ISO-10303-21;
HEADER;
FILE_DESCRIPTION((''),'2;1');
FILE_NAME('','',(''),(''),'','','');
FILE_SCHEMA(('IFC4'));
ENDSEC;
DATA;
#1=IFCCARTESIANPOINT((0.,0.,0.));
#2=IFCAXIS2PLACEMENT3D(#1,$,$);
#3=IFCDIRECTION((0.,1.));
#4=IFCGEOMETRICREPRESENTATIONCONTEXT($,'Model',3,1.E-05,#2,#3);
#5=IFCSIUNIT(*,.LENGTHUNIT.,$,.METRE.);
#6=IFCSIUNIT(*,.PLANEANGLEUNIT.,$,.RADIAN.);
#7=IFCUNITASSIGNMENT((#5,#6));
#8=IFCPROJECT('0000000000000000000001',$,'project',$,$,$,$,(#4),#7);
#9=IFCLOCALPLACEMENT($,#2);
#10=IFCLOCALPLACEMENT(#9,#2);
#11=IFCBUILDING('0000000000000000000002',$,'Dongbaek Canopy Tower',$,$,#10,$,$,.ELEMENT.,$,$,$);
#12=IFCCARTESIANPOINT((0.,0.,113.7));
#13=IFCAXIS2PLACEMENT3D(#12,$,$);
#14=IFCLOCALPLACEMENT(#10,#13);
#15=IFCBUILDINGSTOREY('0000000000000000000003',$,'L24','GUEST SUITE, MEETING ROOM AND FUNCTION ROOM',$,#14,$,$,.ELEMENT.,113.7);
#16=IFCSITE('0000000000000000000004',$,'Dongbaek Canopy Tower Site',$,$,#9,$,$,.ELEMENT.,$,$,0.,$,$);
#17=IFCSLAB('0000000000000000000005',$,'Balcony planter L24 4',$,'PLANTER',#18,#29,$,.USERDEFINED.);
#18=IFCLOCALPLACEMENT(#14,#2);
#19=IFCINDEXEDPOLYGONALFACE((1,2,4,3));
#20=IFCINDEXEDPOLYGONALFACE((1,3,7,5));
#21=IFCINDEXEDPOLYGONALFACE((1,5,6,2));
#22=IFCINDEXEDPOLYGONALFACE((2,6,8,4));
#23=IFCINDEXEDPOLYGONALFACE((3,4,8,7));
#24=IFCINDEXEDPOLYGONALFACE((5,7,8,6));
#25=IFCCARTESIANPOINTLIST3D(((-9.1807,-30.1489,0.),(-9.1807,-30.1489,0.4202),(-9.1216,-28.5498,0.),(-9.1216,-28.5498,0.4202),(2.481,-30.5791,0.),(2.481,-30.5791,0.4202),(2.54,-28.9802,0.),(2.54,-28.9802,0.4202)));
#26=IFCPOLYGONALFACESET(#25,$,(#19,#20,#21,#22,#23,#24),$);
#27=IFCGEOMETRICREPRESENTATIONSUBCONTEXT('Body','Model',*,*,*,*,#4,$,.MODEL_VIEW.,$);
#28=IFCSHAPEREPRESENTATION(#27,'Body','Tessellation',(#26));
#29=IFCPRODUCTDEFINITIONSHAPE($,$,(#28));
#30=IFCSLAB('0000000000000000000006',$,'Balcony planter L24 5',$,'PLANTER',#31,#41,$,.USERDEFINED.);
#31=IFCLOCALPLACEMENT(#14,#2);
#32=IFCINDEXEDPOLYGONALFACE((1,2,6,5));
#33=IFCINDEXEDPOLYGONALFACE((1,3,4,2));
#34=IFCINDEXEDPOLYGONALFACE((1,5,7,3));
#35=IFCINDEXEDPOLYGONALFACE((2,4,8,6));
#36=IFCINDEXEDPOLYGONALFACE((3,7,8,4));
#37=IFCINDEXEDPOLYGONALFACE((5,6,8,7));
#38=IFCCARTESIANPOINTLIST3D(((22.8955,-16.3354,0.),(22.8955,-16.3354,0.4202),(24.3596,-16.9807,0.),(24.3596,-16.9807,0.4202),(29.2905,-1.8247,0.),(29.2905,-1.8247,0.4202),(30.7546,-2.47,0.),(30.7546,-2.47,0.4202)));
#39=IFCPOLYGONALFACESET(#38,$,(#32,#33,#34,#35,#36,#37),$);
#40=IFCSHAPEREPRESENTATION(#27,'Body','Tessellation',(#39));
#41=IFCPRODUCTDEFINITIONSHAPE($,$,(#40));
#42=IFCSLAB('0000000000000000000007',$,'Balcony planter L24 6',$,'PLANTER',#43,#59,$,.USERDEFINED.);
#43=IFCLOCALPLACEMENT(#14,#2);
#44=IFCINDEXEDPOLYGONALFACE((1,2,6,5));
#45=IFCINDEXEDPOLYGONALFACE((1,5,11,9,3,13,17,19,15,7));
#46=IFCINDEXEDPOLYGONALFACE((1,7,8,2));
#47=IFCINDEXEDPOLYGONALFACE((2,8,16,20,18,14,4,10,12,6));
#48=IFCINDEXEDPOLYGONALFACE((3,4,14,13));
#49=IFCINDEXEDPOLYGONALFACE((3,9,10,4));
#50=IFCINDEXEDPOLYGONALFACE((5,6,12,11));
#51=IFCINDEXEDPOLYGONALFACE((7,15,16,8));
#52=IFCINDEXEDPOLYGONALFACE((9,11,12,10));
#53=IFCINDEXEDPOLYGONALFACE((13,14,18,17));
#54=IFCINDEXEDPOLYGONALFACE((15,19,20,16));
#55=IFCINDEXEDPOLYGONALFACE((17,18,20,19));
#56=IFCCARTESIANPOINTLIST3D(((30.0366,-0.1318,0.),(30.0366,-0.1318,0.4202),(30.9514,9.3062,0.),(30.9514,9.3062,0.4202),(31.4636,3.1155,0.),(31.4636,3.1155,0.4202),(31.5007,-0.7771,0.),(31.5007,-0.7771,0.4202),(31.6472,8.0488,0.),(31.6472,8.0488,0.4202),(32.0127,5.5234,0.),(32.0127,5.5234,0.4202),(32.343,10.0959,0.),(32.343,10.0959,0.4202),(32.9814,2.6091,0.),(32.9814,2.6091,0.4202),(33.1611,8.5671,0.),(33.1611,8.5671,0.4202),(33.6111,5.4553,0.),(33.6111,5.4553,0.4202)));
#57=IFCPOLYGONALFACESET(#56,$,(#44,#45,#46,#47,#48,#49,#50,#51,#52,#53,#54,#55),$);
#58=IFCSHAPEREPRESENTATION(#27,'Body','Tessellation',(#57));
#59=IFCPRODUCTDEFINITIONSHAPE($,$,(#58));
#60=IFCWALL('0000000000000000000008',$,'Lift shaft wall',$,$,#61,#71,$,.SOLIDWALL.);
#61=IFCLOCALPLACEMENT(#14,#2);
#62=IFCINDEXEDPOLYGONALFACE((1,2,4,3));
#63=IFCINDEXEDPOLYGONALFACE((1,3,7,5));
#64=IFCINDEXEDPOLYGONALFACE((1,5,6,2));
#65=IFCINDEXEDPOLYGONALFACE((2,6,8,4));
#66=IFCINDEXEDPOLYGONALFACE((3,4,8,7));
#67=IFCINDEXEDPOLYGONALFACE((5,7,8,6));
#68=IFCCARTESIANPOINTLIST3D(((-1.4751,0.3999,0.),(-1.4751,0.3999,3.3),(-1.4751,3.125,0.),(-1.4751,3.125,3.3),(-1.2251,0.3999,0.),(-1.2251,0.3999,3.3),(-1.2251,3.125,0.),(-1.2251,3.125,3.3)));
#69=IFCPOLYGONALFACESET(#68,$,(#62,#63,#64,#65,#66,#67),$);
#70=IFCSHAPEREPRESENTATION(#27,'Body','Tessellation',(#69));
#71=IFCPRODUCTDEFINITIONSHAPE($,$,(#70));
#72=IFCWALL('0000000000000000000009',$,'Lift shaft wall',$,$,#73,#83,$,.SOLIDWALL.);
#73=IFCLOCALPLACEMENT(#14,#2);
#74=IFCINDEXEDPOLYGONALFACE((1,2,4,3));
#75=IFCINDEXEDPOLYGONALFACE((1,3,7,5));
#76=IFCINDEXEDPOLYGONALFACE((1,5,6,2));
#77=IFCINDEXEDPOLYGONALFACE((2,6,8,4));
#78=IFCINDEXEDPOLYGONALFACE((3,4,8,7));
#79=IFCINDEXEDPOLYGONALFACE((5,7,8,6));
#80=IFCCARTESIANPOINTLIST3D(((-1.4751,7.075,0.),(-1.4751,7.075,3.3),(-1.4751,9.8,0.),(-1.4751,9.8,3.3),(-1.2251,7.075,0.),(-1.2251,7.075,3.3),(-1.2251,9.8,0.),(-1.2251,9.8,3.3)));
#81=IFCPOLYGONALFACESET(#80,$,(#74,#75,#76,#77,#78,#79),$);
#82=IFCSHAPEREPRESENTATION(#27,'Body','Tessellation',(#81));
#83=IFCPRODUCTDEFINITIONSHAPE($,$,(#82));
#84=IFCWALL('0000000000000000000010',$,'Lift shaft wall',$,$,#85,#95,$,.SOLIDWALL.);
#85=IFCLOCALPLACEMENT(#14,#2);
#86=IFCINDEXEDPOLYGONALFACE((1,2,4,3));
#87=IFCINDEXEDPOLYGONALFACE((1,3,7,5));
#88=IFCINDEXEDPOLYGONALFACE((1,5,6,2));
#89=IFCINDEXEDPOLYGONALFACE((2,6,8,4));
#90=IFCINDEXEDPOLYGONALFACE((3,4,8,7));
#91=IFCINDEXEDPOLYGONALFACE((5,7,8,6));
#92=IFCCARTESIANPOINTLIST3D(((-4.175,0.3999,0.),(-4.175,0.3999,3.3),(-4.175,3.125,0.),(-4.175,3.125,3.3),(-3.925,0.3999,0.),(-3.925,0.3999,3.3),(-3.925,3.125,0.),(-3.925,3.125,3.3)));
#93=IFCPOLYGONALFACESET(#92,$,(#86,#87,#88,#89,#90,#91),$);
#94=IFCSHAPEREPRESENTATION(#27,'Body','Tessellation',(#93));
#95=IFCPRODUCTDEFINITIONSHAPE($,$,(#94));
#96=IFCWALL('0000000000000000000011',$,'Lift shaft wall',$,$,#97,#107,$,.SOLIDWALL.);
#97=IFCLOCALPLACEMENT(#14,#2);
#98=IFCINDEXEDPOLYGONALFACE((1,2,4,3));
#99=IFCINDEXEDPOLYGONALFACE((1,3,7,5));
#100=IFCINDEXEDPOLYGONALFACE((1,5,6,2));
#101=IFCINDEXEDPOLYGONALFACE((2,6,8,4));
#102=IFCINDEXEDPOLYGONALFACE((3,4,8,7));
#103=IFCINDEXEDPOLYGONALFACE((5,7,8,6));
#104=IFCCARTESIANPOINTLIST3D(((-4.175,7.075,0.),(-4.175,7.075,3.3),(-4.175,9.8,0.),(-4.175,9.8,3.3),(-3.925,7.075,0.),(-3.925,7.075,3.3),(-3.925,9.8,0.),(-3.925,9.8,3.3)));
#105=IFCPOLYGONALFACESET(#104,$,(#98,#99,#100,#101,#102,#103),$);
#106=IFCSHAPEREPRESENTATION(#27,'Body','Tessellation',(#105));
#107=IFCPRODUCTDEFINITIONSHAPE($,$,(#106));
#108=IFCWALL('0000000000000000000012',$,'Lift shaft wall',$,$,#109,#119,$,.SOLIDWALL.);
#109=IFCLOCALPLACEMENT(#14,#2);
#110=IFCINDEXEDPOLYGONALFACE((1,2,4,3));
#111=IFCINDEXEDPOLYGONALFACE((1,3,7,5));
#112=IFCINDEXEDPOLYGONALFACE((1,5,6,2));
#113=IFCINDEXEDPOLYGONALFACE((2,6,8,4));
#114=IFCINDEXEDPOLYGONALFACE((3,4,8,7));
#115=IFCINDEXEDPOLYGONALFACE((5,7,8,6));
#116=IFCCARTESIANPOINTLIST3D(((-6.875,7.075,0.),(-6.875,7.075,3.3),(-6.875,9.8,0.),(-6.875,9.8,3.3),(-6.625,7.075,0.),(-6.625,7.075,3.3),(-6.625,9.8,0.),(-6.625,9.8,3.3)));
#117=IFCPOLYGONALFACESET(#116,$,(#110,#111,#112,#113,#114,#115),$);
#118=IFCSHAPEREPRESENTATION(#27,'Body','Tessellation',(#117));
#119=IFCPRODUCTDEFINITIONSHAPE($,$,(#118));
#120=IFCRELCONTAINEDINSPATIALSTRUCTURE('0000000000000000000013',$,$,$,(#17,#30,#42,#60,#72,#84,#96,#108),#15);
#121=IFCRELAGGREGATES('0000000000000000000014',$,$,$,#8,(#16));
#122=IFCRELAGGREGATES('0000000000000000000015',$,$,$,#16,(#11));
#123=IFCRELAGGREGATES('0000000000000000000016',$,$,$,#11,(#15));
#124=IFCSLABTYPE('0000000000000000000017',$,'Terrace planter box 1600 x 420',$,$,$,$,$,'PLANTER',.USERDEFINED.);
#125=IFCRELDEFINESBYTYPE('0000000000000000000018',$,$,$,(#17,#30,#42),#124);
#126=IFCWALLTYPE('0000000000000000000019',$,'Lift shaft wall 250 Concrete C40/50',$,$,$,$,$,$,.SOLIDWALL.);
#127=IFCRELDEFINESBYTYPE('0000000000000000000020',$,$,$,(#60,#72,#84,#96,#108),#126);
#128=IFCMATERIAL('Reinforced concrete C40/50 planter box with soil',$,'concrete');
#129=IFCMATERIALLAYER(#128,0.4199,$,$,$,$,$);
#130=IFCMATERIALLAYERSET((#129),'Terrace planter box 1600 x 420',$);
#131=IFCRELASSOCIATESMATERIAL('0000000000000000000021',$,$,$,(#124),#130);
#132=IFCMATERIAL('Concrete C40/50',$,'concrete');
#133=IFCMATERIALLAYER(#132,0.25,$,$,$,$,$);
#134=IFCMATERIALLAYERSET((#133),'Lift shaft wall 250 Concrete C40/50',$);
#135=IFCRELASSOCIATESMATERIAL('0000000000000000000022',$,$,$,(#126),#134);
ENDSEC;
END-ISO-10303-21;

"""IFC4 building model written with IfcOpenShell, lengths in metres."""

from ifc_helpers import new_model, si_unit, direction, frame, frame_2d, origin, place, context, subcontext, project, spatial, polyline, rectangle, outline, extrude, material, layer, layer_set, type_object, element, save


model = new_model("IFC4")

# Units and contexts
model_context = context("Model", 3, precision=1e-05, world=origin(), true_north=direction((0.0, 1.0)))
body_context = subcontext(model_context, "Body", "Model", "MODEL_VIEW")
ifc_project = project(units=[si_unit("LENGTHUNIT", "METRE"), si_unit("PLANEANGLEUNIT", "RADIAN")], contexts=[model_context])

# Site, building, storey
site_placement = place(None, origin())
site = spatial("IfcSite", under=ifc_project, at=site_placement, Name="Dongbaek Canopy Tower Site", CompositionType="ELEMENT", RefElevation=0.0)
building_placement = place(site_placement, origin())
building = spatial("IfcBuilding", under=site, at=building_placement, Name="Dongbaek Canopy Tower", CompositionType="ELEMENT")
storey_placement = place(building_placement, frame((0.0, 0.0, 113.7)))
storey = spatial("IfcBuildingStorey", under=building, at=storey_placement, Name="L24", Description="GUEST SUITE, MEETING ROOM AND FUNCTION ROOM", CompositionType="ELEMENT", Elevation=113.7)

# Slabs
ifc_material_1 = material(Name="Reinforced concrete C40/50 planter box with soil", Category="concrete")
ifc_layer_1 = layer(ifc_material_1, 0.4199)
ifc_layer_set_1 = layer_set([ifc_layer_1], Name="Terrace planter box 1600 x 420")
slab_type_1 = type_object("IfcSlabType", Name="Terrace planter box 1600 x 420", ElementType="PLANTER", PredefinedType="USERDEFINED", material=ifc_layer_set_1)
slab_1_placement = place(storey_placement, origin())
element("IfcSlab", 1, at=slab_1_placement, inside=storey, type_object=slab_type_1, Name="Balcony planter L24 4", ObjectType="PLANTER", PredefinedType="USERDEFINED", context=body_context, shape_type="SweptSolid", body=[
    extrude(outline(polyline([(-9.1216, -28.5498), (2.54, -28.9802), (2.481, -30.5791), (-9.1807, -30.1489), (-9.1216, -28.5498)])), origin(), (0.0, 0.0, 1.0), 0.4202),
])
slab_2_placement = place(storey_placement, origin())
element("IfcSlab", 2, at=slab_2_placement, inside=storey, type_object=slab_type_1, Name="Balcony planter L24 5", ObjectType="PLANTER", PredefinedType="USERDEFINED", context=body_context, shape_type="SweptSolid", body=[
    extrude(outline(polyline([(22.8955, -16.3354), (29.2905, -1.8247), (30.7546, -2.47), (24.3596, -16.9807), (22.8955, -16.3354)])), origin(), (0.0, 0.0, 1.0), 0.4202),
])
slab_3_placement = place(storey_placement, origin())
element("IfcSlab", 3, at=slab_3_placement, inside=storey, type_object=slab_type_1, Name="Balcony planter L24 6", ObjectType="PLANTER", PredefinedType="USERDEFINED", context=body_context, shape_type="SweptSolid", body=[
    extrude(outline(polyline([(30.0366, -0.1318), (31.4636, 3.1155), (32.0127, 5.5234), (31.6472, 8.0488), (30.9514, 9.3062), (32.343, 10.0959), (33.1611, 8.5671), (33.6111, 5.4553), (32.9814, 2.6091), (31.5007, -0.7771), (30.0366, -0.1318)])), origin(), (0.0, 0.0, 1.0), 0.4202),
])

# Walls
ifc_material_2 = material(Name="Concrete C40/50", Category="concrete")
ifc_layer_2 = layer(ifc_material_2, 0.25)
ifc_layer_set_2 = layer_set([ifc_layer_2], Name="Lift shaft wall 250 Concrete C40/50")
wall_type = type_object("IfcWallType", Name="Lift shaft wall 250 Concrete C40/50", PredefinedType="SOLIDWALL", material=ifc_layer_set_2)
for number, where, z_axis, x_axis, name in (
    (4, (-1.3501, 0.3999, 0.0), (0.0, 0.0, 1.0), (0.0, 1.0, 0.0), "Lift shaft wall"),
    (5, (-1.3501, 7.075, 0.0), (0.0, 0.0, 1.0), (0.0, 1.0, 0.0), "Lift shaft wall"),
    (6, (-4.05, 0.3999, 0.0), (0.0, 0.0, 1.0), (0.0, 1.0, 0.0), "Lift shaft wall"),
    (7, (-4.05, 7.075, 0.0), (0.0, 0.0, 1.0), (0.0, 1.0, 0.0), "Lift shaft wall"),
    (8, (-6.75, 7.075, 0.0), (0.0, 0.0, 1.0), (0.0, 1.0, 0.0), "Lift shaft wall"),
):
    element("IfcWall", number, at=place(storey_placement, frame(where, z_axis=z_axis, x_axis=x_axis)), inside=storey, type_object=wall_type, Name=name, PredefinedType="SOLIDWALL", context=body_context, shape_type="SweptSolid", body=[
        extrude(rectangle(XDim=2.7251, YDim=0.25, at=frame_2d((1.3625, 0.0))), origin(), (0.0, 0.0, 1.0), 3.3),
    ])

save(model, "model.ifc")
